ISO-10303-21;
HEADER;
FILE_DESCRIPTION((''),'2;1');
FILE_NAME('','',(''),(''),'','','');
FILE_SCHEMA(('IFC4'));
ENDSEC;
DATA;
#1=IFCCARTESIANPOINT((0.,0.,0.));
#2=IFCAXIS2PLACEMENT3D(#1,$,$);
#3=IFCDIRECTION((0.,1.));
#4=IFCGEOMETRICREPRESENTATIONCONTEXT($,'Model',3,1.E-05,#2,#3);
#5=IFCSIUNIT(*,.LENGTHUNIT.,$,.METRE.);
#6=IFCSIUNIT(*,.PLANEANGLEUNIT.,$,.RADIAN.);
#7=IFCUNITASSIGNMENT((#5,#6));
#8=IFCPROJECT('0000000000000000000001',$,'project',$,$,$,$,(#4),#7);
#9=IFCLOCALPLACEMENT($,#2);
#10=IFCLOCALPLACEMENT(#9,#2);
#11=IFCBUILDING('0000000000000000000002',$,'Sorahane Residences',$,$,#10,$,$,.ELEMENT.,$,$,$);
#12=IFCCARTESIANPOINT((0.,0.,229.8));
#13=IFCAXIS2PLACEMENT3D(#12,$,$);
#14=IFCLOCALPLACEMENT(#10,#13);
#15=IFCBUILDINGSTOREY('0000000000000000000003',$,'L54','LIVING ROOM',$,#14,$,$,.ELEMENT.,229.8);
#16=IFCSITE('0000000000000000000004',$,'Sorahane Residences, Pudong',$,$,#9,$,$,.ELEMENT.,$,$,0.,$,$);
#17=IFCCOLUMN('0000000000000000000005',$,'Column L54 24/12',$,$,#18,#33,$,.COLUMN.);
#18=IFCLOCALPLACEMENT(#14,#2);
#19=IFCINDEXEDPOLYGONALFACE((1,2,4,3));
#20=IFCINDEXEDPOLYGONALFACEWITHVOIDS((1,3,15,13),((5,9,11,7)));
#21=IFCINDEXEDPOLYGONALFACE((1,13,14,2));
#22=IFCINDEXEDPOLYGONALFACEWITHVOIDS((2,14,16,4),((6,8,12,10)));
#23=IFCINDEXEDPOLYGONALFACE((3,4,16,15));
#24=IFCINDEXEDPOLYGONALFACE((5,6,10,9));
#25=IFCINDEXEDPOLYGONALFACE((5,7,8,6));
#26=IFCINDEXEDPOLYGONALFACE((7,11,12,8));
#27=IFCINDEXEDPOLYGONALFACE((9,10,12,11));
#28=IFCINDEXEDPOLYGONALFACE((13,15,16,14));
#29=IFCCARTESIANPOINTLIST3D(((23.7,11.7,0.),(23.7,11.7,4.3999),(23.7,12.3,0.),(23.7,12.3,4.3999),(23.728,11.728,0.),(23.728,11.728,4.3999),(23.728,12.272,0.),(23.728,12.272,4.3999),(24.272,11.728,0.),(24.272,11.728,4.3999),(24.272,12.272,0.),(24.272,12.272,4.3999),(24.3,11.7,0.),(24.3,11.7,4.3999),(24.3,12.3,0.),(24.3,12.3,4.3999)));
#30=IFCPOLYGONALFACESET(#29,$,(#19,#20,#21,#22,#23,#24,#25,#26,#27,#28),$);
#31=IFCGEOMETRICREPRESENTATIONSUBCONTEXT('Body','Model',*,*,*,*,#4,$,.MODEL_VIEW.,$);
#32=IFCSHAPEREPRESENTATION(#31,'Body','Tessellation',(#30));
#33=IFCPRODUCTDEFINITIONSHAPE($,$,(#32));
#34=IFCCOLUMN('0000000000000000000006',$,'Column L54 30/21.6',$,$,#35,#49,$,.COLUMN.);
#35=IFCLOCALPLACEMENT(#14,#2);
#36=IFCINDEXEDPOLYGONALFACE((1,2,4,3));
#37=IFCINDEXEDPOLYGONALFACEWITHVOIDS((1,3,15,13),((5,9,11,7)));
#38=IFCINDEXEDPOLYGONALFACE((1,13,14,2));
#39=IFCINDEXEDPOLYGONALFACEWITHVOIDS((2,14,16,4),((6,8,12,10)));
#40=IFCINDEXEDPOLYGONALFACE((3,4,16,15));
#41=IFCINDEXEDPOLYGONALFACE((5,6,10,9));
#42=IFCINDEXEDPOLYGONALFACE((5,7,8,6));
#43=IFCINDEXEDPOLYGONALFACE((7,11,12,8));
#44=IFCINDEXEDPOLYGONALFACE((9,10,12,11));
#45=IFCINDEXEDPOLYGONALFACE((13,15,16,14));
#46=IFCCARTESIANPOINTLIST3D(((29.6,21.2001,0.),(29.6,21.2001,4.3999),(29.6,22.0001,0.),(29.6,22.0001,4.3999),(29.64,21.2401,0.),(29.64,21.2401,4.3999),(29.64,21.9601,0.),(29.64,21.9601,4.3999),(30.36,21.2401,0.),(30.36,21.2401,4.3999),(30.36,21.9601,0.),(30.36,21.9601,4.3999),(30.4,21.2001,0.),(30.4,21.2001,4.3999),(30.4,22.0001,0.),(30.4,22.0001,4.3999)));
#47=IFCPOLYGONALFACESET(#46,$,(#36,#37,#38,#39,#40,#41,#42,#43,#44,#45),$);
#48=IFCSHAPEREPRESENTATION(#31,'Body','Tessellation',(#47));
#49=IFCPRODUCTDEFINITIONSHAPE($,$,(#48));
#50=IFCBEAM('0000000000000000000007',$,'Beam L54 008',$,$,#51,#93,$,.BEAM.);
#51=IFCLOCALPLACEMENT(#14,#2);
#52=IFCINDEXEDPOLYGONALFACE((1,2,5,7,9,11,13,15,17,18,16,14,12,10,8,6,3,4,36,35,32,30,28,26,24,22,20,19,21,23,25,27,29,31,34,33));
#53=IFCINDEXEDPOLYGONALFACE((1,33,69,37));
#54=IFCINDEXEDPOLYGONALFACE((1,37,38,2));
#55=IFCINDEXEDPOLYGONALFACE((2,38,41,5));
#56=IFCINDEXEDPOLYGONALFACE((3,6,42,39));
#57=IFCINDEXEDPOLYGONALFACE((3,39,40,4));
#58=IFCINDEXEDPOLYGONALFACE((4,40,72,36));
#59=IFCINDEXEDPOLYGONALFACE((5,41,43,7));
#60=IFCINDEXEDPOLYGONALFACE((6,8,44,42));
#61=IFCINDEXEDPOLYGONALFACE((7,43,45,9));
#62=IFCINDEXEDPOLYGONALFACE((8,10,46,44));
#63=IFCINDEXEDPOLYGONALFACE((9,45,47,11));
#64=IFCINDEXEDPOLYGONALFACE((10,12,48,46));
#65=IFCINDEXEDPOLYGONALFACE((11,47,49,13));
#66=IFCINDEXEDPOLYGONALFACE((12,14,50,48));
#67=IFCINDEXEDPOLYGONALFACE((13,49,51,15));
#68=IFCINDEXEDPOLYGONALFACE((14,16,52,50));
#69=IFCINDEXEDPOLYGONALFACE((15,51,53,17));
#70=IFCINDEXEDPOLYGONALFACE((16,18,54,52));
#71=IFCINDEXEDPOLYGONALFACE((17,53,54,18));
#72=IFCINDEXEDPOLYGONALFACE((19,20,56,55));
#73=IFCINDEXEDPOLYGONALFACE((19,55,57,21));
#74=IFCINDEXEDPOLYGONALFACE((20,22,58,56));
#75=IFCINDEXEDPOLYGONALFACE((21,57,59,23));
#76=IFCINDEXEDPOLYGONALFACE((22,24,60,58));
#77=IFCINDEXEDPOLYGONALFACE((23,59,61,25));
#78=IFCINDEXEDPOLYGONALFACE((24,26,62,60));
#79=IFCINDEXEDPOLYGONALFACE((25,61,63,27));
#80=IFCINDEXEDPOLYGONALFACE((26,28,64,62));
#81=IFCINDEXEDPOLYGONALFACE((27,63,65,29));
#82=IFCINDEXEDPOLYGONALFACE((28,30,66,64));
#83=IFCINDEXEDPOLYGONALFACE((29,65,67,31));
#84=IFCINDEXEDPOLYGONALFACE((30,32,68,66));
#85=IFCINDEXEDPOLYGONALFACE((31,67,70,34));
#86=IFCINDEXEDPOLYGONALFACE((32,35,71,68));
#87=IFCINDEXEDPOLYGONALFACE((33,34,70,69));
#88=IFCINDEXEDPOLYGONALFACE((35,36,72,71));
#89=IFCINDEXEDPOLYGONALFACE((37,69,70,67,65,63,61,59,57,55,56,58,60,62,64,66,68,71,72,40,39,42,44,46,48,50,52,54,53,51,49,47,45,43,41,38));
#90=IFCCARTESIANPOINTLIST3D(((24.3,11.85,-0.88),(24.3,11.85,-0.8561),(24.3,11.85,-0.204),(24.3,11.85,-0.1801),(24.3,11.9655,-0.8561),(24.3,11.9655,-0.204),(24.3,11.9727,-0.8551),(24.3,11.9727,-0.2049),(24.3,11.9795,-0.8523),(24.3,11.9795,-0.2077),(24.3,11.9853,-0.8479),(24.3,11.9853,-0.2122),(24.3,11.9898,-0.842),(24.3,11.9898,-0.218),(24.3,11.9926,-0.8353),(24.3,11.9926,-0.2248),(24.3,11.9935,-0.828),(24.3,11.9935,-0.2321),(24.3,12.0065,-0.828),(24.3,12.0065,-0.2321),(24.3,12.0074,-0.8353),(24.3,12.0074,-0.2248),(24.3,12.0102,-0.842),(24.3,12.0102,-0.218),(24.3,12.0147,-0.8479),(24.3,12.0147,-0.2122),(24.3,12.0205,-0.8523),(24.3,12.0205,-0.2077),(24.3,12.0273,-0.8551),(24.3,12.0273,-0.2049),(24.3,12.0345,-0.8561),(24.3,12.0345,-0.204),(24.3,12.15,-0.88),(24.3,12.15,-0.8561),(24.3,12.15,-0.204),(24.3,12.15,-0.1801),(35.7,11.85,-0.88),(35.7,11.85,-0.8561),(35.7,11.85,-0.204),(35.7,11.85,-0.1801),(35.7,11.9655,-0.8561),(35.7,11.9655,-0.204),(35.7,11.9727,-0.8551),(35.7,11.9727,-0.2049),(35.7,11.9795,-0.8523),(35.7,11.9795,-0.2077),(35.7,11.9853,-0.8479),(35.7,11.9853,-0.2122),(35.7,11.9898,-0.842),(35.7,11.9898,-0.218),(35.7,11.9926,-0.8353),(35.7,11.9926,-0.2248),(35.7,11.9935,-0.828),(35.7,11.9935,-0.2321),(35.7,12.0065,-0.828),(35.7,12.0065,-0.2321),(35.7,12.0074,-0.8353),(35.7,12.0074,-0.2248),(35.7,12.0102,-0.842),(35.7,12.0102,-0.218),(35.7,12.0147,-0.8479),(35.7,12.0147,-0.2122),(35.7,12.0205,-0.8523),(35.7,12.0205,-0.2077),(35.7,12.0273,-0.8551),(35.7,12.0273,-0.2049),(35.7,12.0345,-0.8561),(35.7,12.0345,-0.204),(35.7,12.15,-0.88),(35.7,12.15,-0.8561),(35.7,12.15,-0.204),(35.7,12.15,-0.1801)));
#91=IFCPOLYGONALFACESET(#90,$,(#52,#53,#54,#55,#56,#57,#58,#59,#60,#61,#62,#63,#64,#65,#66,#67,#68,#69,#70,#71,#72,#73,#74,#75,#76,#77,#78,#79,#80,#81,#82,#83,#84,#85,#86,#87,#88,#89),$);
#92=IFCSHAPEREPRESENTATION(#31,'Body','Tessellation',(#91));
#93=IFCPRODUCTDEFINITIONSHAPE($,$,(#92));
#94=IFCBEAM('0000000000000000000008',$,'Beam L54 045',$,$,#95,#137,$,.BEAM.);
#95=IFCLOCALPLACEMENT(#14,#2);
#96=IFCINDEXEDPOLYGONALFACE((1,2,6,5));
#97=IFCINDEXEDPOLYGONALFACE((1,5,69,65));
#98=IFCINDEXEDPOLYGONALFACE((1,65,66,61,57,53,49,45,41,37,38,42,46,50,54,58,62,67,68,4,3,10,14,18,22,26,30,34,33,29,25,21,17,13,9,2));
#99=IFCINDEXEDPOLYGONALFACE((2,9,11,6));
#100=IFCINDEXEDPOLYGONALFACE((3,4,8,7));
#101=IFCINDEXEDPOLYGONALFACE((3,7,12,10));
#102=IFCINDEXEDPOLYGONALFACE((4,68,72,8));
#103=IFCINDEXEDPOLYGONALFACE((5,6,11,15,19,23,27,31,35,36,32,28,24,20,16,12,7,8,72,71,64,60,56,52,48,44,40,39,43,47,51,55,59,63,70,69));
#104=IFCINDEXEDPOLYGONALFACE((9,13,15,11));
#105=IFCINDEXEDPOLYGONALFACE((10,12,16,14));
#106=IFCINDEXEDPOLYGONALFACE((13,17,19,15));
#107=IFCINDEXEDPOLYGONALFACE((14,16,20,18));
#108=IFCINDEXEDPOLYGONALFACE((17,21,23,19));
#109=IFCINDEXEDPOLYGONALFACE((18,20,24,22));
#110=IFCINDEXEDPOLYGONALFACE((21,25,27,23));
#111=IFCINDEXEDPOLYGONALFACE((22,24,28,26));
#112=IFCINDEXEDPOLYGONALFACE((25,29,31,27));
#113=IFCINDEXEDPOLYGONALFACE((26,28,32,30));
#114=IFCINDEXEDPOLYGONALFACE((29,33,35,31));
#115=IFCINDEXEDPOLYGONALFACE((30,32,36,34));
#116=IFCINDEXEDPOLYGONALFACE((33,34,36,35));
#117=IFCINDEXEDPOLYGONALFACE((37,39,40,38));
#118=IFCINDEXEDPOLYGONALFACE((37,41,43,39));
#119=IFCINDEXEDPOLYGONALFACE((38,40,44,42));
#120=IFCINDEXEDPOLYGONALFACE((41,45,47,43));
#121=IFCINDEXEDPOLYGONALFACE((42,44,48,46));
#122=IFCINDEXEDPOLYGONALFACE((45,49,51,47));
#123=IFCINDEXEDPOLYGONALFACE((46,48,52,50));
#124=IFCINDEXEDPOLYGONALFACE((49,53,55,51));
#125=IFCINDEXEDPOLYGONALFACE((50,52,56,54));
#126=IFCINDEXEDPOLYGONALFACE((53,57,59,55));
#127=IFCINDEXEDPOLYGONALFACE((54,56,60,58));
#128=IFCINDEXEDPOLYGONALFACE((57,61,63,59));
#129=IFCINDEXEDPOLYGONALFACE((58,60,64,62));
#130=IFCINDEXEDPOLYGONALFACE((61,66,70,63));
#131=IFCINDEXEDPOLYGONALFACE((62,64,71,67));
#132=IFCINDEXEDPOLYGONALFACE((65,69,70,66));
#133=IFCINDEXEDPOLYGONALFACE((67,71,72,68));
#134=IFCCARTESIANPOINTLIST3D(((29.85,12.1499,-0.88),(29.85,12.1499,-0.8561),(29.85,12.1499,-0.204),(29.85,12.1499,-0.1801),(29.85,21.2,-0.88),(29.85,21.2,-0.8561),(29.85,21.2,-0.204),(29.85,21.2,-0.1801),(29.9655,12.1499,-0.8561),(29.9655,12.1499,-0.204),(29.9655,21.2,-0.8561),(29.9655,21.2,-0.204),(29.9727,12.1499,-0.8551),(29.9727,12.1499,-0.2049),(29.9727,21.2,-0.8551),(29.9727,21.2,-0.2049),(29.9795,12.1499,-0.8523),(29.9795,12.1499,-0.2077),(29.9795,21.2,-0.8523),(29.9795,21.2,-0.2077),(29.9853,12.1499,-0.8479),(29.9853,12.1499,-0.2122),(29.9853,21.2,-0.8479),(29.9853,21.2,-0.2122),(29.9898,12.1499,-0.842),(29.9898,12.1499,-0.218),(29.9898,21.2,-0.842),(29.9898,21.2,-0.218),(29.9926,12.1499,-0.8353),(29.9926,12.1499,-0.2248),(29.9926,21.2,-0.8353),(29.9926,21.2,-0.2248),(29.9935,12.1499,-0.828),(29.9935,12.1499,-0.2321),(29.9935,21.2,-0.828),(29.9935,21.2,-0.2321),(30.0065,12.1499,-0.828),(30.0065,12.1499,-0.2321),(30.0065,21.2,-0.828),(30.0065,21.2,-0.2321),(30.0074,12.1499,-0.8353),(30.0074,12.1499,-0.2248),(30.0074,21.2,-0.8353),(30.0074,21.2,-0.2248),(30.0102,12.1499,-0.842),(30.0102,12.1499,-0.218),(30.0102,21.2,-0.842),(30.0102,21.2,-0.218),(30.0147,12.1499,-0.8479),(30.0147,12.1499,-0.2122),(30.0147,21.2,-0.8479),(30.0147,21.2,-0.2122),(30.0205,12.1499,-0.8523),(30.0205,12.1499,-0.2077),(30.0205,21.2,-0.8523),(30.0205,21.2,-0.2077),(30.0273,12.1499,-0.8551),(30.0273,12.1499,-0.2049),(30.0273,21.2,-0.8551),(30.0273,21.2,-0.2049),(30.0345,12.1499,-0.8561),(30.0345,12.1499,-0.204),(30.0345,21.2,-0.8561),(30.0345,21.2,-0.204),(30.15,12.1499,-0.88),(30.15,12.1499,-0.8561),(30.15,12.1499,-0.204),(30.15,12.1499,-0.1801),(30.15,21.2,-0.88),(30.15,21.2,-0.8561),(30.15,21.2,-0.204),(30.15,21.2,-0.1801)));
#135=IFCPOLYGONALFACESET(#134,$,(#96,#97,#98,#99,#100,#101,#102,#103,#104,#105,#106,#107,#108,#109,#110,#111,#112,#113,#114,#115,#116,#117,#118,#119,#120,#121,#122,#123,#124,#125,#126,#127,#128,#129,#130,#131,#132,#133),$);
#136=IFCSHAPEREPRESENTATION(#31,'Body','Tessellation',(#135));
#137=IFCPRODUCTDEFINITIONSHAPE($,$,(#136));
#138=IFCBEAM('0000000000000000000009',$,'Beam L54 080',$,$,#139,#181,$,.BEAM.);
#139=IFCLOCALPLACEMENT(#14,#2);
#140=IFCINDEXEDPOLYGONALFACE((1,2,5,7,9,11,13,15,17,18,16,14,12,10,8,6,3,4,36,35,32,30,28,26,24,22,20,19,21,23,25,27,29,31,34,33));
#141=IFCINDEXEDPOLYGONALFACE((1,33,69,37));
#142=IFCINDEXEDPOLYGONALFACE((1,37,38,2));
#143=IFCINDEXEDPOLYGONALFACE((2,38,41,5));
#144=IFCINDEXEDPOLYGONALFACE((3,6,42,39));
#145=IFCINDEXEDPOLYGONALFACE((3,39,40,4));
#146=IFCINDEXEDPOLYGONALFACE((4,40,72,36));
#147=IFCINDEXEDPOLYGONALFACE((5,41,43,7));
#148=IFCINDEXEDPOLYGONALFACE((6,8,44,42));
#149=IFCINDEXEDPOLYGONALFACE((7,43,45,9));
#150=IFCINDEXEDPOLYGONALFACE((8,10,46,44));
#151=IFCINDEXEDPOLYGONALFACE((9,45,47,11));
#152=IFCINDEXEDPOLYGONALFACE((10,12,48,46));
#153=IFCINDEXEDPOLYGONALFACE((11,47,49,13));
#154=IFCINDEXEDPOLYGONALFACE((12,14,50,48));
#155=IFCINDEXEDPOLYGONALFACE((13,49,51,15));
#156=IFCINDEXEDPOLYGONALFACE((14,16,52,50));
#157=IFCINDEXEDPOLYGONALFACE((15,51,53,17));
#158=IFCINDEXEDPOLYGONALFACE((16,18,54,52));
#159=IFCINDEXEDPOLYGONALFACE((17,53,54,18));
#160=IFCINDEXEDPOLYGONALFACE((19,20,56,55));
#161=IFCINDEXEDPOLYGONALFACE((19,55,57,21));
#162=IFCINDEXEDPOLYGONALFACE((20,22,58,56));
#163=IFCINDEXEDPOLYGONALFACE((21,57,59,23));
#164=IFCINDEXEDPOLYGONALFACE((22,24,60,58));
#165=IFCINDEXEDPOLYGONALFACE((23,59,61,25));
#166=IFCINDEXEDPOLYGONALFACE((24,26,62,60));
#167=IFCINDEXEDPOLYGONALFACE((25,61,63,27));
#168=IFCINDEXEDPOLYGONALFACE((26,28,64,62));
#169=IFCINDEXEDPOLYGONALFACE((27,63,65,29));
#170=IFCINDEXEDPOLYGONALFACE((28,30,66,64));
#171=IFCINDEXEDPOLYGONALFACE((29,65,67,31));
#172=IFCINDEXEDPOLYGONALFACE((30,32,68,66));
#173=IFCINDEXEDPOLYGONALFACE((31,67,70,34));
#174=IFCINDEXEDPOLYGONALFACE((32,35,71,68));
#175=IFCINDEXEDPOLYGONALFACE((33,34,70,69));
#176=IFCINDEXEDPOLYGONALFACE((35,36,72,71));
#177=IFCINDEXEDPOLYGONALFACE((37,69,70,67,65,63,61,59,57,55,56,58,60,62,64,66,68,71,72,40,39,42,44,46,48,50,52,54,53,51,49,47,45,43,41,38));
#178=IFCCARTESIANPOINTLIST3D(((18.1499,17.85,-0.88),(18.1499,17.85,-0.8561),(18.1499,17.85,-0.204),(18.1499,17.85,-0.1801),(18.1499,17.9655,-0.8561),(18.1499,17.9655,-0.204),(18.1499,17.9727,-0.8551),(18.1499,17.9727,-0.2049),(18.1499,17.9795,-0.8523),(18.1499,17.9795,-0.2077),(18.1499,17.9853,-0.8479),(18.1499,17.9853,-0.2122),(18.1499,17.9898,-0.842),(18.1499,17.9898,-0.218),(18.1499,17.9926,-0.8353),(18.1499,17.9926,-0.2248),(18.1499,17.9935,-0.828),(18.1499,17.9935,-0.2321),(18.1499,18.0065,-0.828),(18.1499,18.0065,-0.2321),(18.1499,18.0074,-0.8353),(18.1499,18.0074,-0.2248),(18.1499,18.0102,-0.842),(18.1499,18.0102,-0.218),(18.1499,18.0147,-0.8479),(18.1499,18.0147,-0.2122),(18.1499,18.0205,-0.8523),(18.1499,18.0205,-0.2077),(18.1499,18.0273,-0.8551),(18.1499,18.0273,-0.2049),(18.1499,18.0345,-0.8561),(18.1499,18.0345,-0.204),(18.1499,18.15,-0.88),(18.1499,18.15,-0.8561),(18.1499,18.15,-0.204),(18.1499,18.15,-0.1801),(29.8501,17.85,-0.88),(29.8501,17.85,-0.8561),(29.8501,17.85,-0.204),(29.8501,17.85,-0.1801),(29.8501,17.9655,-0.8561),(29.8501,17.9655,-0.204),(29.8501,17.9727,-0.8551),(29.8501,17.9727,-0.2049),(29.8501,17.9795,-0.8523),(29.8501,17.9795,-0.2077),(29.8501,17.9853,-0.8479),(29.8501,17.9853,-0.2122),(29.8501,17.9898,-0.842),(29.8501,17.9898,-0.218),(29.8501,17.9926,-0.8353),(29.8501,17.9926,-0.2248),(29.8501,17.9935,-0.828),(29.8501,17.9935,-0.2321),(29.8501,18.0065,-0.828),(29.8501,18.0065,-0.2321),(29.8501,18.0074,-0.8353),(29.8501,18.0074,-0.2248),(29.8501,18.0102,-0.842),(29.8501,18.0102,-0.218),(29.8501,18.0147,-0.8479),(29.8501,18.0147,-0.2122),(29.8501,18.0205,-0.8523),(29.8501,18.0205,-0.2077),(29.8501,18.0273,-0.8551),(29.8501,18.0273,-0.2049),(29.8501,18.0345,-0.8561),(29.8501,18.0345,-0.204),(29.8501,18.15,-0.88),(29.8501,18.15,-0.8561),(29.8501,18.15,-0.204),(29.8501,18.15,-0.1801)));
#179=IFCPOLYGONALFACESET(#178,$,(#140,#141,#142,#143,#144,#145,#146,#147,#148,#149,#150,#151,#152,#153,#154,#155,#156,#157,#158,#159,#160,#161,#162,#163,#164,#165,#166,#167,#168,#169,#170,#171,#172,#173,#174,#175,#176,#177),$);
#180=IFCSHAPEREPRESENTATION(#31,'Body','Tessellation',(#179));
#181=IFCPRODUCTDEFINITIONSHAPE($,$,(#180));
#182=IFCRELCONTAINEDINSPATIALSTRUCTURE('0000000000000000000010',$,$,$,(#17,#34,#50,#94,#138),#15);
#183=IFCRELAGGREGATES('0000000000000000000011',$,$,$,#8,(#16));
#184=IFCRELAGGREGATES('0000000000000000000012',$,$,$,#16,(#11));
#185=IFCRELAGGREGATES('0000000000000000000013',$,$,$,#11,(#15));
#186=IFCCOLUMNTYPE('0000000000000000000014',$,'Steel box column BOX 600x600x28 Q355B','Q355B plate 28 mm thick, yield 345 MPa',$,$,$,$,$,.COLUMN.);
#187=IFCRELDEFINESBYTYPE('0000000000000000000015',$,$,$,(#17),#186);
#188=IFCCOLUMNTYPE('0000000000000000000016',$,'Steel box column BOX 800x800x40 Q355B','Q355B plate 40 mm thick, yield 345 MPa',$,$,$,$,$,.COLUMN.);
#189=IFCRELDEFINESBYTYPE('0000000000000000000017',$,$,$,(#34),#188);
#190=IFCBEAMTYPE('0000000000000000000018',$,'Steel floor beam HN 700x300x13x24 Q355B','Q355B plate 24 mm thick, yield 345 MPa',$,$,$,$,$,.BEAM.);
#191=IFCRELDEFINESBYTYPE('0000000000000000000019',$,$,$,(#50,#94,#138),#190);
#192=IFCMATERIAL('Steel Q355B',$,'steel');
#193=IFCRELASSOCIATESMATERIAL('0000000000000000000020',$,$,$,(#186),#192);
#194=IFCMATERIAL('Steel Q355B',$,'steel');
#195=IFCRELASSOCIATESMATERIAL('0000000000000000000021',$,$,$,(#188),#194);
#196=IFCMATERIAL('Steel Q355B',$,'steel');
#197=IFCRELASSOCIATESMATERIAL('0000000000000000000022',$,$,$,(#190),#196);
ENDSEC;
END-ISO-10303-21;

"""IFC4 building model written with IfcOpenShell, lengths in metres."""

from ifc_helpers import new_model, si_unit, direction, frame, origin, origin_2d, place, context, subcontext, project, spatial, hollow_rectangle, i_section, extrude, material, material_profile, profile_set, type_object, element, save


model = new_model("IFC4")

# Units and contexts
model_context = context("Model", 3, precision=1e-05, world=origin(), true_north=direction((0.0, 1.0)))
body_context = subcontext(model_context, "Body", "Model", "MODEL_VIEW")
ifc_project = project(units=[si_unit("LENGTHUNIT", "METRE"), si_unit("PLANEANGLEUNIT", "RADIAN")], contexts=[model_context])

# Site, building, storey
site_placement = place(None, origin())
site = spatial("IfcSite", under=ifc_project, at=site_placement, Name="Sorahane Residences, Pudong", CompositionType="ELEMENT", RefElevation=0.0)
building_placement = place(site_placement, origin())
building = spatial("IfcBuilding", under=site, at=building_placement, Name="Sorahane Residences", CompositionType="ELEMENT")
storey_placement = place(building_placement, frame((0.0, 0.0, 229.8)))
storey = spatial("IfcBuildingStorey", under=building, at=storey_placement, Name="L54", Description="LIVING ROOM", CompositionType="ELEMENT", Elevation=229.8)

# Columns
ifc_material_1 = material(Name="Steel Q355B", Category="steel")
ifc_material_profile_1 = material_profile(ifc_material_1, hollow_rectangle(XDim=0.6001, YDim=0.6001, WallThickness=0.0281, at=origin_2d()), Name="BOX 600x600x28")
ifc_profile_set_1 = profile_set([ifc_material_profile_1], Name="Steel Q355B")
column_type_1 = type_object("IfcColumnType", Name="Steel box column BOX 600x600x28 Q355B", Description="Q355B plate 28 mm thick, yield 345 MPa", PredefinedType="COLUMN", material=ifc_profile_set_1)
column_1_placement = place(storey_placement, frame((24.0, 12.0, 0.0), z_axis=(0.0, 0.0, 1.0), x_axis=(1.0, 0.0, 0.0)))
element("IfcColumn", 1, at=column_1_placement, inside=storey, type_object=column_type_1, Name="Column L54 24/12", PredefinedType="COLUMN", context=body_context, shape_type="SweptSolid", body=[
    extrude(hollow_rectangle(XDim=0.6001, YDim=0.6001, WallThickness=0.0281, at=origin_2d()), origin(), (0.0, 0.0, 1.0), 4.3999),
])
ifc_material_2 = material(Name="Steel Q355B", Category="steel")
ifc_material_profile_2 = material_profile(ifc_material_2, hollow_rectangle(XDim=0.8, YDim=0.8, WallThickness=0.04, at=origin_2d()), Name="BOX 800x800x40")
ifc_profile_set_2 = profile_set([ifc_material_profile_2], Name="Steel Q355B")
column_type_2 = type_object("IfcColumnType", Name="Steel box column BOX 800x800x40 Q355B", Description="Q355B plate 40 mm thick, yield 345 MPa", PredefinedType="COLUMN", material=ifc_profile_set_2)
column_2_placement = place(storey_placement, frame((30.0, 21.6001, 0.0), z_axis=(0.0, 0.0, 1.0), x_axis=(1.0, 0.0, 0.0)))
element("IfcColumn", 2, at=column_2_placement, inside=storey, type_object=column_type_2, Name="Column L54 30/21.6", PredefinedType="COLUMN", context=body_context, shape_type="SweptSolid", body=[
    extrude(hollow_rectangle(XDim=0.8, YDim=0.8, WallThickness=0.04, at=origin_2d()), origin(), (0.0, 0.0, 1.0), 4.3999),
])

# Beams
ifc_material_3 = material(Name="Steel Q355B", Category="steel")
ifc_material_profile_3 = material_profile(ifc_material_3, i_section(OverallWidth=0.3, OverallDepth=0.7, WebThickness=0.0129, FlangeThickness=0.0239, FilletRadius=0.0281, at=origin_2d()), Name="HN 700x300x13x24")
ifc_profile_set_3 = profile_set([ifc_material_profile_3], Name="Steel Q355B")
beam_type = type_object("IfcBeamType", Name="Steel floor beam HN 700x300x13x24 Q355B", Description="Q355B plate 24 mm thick, yield 345 MPa", PredefinedType="BEAM", material=ifc_profile_set_3)
beam_1_placement = place(storey_placement, frame((24.3, 12.0, -0.53), z_axis=(1.0, 0.0, 0.0), x_axis=(0.0, 1.0, 0.0)))
element("IfcBeam", 3, at=beam_1_placement, inside=storey, type_object=beam_type, Name="Beam L54 008", PredefinedType="BEAM", context=body_context, shape_type="SweptSolid", body=[
    extrude(i_section(OverallWidth=0.3, OverallDepth=0.7, WebThickness=0.0129, FlangeThickness=0.0239, FilletRadius=0.0281, at=origin_2d()), origin(), (0.0, 0.0, 1.0), 11.3999),
])
beam_2_placement = place(storey_placement, frame((30.0, 12.1499, -0.53), z_axis=(0.0, 1.0, 0.0), x_axis=(-1.0, 0.0, 0.0)))
element("IfcBeam", 4, at=beam_2_placement, inside=storey, type_object=beam_type, Name="Beam L54 045", PredefinedType="BEAM", context=body_context, shape_type="SweptSolid", body=[
    extrude(i_section(OverallWidth=0.3, OverallDepth=0.7, WebThickness=0.0129, FlangeThickness=0.0239, FilletRadius=0.0281, at=origin_2d()), origin(), (0.0, 0.0, 1.0), 9.05),
])
beam_3_placement = place(storey_placement, frame((18.1499, 18.0, -0.53), z_axis=(1.0, 0.0, 0.0), x_axis=(0.0, 1.0, 0.0)))
element("IfcBeam", 5, at=beam_3_placement, inside=storey, type_object=beam_type, Name="Beam L54 080", PredefinedType="BEAM", context=body_context, shape_type="SweptSolid", body=[
    extrude(i_section(OverallWidth=0.3, OverallDepth=0.7, WebThickness=0.0129, FlangeThickness=0.0239, FilletRadius=0.0281, at=origin_2d()), origin(), (0.0, 0.0, 1.0), 11.7002),
])

save(model, "model.ifc")
